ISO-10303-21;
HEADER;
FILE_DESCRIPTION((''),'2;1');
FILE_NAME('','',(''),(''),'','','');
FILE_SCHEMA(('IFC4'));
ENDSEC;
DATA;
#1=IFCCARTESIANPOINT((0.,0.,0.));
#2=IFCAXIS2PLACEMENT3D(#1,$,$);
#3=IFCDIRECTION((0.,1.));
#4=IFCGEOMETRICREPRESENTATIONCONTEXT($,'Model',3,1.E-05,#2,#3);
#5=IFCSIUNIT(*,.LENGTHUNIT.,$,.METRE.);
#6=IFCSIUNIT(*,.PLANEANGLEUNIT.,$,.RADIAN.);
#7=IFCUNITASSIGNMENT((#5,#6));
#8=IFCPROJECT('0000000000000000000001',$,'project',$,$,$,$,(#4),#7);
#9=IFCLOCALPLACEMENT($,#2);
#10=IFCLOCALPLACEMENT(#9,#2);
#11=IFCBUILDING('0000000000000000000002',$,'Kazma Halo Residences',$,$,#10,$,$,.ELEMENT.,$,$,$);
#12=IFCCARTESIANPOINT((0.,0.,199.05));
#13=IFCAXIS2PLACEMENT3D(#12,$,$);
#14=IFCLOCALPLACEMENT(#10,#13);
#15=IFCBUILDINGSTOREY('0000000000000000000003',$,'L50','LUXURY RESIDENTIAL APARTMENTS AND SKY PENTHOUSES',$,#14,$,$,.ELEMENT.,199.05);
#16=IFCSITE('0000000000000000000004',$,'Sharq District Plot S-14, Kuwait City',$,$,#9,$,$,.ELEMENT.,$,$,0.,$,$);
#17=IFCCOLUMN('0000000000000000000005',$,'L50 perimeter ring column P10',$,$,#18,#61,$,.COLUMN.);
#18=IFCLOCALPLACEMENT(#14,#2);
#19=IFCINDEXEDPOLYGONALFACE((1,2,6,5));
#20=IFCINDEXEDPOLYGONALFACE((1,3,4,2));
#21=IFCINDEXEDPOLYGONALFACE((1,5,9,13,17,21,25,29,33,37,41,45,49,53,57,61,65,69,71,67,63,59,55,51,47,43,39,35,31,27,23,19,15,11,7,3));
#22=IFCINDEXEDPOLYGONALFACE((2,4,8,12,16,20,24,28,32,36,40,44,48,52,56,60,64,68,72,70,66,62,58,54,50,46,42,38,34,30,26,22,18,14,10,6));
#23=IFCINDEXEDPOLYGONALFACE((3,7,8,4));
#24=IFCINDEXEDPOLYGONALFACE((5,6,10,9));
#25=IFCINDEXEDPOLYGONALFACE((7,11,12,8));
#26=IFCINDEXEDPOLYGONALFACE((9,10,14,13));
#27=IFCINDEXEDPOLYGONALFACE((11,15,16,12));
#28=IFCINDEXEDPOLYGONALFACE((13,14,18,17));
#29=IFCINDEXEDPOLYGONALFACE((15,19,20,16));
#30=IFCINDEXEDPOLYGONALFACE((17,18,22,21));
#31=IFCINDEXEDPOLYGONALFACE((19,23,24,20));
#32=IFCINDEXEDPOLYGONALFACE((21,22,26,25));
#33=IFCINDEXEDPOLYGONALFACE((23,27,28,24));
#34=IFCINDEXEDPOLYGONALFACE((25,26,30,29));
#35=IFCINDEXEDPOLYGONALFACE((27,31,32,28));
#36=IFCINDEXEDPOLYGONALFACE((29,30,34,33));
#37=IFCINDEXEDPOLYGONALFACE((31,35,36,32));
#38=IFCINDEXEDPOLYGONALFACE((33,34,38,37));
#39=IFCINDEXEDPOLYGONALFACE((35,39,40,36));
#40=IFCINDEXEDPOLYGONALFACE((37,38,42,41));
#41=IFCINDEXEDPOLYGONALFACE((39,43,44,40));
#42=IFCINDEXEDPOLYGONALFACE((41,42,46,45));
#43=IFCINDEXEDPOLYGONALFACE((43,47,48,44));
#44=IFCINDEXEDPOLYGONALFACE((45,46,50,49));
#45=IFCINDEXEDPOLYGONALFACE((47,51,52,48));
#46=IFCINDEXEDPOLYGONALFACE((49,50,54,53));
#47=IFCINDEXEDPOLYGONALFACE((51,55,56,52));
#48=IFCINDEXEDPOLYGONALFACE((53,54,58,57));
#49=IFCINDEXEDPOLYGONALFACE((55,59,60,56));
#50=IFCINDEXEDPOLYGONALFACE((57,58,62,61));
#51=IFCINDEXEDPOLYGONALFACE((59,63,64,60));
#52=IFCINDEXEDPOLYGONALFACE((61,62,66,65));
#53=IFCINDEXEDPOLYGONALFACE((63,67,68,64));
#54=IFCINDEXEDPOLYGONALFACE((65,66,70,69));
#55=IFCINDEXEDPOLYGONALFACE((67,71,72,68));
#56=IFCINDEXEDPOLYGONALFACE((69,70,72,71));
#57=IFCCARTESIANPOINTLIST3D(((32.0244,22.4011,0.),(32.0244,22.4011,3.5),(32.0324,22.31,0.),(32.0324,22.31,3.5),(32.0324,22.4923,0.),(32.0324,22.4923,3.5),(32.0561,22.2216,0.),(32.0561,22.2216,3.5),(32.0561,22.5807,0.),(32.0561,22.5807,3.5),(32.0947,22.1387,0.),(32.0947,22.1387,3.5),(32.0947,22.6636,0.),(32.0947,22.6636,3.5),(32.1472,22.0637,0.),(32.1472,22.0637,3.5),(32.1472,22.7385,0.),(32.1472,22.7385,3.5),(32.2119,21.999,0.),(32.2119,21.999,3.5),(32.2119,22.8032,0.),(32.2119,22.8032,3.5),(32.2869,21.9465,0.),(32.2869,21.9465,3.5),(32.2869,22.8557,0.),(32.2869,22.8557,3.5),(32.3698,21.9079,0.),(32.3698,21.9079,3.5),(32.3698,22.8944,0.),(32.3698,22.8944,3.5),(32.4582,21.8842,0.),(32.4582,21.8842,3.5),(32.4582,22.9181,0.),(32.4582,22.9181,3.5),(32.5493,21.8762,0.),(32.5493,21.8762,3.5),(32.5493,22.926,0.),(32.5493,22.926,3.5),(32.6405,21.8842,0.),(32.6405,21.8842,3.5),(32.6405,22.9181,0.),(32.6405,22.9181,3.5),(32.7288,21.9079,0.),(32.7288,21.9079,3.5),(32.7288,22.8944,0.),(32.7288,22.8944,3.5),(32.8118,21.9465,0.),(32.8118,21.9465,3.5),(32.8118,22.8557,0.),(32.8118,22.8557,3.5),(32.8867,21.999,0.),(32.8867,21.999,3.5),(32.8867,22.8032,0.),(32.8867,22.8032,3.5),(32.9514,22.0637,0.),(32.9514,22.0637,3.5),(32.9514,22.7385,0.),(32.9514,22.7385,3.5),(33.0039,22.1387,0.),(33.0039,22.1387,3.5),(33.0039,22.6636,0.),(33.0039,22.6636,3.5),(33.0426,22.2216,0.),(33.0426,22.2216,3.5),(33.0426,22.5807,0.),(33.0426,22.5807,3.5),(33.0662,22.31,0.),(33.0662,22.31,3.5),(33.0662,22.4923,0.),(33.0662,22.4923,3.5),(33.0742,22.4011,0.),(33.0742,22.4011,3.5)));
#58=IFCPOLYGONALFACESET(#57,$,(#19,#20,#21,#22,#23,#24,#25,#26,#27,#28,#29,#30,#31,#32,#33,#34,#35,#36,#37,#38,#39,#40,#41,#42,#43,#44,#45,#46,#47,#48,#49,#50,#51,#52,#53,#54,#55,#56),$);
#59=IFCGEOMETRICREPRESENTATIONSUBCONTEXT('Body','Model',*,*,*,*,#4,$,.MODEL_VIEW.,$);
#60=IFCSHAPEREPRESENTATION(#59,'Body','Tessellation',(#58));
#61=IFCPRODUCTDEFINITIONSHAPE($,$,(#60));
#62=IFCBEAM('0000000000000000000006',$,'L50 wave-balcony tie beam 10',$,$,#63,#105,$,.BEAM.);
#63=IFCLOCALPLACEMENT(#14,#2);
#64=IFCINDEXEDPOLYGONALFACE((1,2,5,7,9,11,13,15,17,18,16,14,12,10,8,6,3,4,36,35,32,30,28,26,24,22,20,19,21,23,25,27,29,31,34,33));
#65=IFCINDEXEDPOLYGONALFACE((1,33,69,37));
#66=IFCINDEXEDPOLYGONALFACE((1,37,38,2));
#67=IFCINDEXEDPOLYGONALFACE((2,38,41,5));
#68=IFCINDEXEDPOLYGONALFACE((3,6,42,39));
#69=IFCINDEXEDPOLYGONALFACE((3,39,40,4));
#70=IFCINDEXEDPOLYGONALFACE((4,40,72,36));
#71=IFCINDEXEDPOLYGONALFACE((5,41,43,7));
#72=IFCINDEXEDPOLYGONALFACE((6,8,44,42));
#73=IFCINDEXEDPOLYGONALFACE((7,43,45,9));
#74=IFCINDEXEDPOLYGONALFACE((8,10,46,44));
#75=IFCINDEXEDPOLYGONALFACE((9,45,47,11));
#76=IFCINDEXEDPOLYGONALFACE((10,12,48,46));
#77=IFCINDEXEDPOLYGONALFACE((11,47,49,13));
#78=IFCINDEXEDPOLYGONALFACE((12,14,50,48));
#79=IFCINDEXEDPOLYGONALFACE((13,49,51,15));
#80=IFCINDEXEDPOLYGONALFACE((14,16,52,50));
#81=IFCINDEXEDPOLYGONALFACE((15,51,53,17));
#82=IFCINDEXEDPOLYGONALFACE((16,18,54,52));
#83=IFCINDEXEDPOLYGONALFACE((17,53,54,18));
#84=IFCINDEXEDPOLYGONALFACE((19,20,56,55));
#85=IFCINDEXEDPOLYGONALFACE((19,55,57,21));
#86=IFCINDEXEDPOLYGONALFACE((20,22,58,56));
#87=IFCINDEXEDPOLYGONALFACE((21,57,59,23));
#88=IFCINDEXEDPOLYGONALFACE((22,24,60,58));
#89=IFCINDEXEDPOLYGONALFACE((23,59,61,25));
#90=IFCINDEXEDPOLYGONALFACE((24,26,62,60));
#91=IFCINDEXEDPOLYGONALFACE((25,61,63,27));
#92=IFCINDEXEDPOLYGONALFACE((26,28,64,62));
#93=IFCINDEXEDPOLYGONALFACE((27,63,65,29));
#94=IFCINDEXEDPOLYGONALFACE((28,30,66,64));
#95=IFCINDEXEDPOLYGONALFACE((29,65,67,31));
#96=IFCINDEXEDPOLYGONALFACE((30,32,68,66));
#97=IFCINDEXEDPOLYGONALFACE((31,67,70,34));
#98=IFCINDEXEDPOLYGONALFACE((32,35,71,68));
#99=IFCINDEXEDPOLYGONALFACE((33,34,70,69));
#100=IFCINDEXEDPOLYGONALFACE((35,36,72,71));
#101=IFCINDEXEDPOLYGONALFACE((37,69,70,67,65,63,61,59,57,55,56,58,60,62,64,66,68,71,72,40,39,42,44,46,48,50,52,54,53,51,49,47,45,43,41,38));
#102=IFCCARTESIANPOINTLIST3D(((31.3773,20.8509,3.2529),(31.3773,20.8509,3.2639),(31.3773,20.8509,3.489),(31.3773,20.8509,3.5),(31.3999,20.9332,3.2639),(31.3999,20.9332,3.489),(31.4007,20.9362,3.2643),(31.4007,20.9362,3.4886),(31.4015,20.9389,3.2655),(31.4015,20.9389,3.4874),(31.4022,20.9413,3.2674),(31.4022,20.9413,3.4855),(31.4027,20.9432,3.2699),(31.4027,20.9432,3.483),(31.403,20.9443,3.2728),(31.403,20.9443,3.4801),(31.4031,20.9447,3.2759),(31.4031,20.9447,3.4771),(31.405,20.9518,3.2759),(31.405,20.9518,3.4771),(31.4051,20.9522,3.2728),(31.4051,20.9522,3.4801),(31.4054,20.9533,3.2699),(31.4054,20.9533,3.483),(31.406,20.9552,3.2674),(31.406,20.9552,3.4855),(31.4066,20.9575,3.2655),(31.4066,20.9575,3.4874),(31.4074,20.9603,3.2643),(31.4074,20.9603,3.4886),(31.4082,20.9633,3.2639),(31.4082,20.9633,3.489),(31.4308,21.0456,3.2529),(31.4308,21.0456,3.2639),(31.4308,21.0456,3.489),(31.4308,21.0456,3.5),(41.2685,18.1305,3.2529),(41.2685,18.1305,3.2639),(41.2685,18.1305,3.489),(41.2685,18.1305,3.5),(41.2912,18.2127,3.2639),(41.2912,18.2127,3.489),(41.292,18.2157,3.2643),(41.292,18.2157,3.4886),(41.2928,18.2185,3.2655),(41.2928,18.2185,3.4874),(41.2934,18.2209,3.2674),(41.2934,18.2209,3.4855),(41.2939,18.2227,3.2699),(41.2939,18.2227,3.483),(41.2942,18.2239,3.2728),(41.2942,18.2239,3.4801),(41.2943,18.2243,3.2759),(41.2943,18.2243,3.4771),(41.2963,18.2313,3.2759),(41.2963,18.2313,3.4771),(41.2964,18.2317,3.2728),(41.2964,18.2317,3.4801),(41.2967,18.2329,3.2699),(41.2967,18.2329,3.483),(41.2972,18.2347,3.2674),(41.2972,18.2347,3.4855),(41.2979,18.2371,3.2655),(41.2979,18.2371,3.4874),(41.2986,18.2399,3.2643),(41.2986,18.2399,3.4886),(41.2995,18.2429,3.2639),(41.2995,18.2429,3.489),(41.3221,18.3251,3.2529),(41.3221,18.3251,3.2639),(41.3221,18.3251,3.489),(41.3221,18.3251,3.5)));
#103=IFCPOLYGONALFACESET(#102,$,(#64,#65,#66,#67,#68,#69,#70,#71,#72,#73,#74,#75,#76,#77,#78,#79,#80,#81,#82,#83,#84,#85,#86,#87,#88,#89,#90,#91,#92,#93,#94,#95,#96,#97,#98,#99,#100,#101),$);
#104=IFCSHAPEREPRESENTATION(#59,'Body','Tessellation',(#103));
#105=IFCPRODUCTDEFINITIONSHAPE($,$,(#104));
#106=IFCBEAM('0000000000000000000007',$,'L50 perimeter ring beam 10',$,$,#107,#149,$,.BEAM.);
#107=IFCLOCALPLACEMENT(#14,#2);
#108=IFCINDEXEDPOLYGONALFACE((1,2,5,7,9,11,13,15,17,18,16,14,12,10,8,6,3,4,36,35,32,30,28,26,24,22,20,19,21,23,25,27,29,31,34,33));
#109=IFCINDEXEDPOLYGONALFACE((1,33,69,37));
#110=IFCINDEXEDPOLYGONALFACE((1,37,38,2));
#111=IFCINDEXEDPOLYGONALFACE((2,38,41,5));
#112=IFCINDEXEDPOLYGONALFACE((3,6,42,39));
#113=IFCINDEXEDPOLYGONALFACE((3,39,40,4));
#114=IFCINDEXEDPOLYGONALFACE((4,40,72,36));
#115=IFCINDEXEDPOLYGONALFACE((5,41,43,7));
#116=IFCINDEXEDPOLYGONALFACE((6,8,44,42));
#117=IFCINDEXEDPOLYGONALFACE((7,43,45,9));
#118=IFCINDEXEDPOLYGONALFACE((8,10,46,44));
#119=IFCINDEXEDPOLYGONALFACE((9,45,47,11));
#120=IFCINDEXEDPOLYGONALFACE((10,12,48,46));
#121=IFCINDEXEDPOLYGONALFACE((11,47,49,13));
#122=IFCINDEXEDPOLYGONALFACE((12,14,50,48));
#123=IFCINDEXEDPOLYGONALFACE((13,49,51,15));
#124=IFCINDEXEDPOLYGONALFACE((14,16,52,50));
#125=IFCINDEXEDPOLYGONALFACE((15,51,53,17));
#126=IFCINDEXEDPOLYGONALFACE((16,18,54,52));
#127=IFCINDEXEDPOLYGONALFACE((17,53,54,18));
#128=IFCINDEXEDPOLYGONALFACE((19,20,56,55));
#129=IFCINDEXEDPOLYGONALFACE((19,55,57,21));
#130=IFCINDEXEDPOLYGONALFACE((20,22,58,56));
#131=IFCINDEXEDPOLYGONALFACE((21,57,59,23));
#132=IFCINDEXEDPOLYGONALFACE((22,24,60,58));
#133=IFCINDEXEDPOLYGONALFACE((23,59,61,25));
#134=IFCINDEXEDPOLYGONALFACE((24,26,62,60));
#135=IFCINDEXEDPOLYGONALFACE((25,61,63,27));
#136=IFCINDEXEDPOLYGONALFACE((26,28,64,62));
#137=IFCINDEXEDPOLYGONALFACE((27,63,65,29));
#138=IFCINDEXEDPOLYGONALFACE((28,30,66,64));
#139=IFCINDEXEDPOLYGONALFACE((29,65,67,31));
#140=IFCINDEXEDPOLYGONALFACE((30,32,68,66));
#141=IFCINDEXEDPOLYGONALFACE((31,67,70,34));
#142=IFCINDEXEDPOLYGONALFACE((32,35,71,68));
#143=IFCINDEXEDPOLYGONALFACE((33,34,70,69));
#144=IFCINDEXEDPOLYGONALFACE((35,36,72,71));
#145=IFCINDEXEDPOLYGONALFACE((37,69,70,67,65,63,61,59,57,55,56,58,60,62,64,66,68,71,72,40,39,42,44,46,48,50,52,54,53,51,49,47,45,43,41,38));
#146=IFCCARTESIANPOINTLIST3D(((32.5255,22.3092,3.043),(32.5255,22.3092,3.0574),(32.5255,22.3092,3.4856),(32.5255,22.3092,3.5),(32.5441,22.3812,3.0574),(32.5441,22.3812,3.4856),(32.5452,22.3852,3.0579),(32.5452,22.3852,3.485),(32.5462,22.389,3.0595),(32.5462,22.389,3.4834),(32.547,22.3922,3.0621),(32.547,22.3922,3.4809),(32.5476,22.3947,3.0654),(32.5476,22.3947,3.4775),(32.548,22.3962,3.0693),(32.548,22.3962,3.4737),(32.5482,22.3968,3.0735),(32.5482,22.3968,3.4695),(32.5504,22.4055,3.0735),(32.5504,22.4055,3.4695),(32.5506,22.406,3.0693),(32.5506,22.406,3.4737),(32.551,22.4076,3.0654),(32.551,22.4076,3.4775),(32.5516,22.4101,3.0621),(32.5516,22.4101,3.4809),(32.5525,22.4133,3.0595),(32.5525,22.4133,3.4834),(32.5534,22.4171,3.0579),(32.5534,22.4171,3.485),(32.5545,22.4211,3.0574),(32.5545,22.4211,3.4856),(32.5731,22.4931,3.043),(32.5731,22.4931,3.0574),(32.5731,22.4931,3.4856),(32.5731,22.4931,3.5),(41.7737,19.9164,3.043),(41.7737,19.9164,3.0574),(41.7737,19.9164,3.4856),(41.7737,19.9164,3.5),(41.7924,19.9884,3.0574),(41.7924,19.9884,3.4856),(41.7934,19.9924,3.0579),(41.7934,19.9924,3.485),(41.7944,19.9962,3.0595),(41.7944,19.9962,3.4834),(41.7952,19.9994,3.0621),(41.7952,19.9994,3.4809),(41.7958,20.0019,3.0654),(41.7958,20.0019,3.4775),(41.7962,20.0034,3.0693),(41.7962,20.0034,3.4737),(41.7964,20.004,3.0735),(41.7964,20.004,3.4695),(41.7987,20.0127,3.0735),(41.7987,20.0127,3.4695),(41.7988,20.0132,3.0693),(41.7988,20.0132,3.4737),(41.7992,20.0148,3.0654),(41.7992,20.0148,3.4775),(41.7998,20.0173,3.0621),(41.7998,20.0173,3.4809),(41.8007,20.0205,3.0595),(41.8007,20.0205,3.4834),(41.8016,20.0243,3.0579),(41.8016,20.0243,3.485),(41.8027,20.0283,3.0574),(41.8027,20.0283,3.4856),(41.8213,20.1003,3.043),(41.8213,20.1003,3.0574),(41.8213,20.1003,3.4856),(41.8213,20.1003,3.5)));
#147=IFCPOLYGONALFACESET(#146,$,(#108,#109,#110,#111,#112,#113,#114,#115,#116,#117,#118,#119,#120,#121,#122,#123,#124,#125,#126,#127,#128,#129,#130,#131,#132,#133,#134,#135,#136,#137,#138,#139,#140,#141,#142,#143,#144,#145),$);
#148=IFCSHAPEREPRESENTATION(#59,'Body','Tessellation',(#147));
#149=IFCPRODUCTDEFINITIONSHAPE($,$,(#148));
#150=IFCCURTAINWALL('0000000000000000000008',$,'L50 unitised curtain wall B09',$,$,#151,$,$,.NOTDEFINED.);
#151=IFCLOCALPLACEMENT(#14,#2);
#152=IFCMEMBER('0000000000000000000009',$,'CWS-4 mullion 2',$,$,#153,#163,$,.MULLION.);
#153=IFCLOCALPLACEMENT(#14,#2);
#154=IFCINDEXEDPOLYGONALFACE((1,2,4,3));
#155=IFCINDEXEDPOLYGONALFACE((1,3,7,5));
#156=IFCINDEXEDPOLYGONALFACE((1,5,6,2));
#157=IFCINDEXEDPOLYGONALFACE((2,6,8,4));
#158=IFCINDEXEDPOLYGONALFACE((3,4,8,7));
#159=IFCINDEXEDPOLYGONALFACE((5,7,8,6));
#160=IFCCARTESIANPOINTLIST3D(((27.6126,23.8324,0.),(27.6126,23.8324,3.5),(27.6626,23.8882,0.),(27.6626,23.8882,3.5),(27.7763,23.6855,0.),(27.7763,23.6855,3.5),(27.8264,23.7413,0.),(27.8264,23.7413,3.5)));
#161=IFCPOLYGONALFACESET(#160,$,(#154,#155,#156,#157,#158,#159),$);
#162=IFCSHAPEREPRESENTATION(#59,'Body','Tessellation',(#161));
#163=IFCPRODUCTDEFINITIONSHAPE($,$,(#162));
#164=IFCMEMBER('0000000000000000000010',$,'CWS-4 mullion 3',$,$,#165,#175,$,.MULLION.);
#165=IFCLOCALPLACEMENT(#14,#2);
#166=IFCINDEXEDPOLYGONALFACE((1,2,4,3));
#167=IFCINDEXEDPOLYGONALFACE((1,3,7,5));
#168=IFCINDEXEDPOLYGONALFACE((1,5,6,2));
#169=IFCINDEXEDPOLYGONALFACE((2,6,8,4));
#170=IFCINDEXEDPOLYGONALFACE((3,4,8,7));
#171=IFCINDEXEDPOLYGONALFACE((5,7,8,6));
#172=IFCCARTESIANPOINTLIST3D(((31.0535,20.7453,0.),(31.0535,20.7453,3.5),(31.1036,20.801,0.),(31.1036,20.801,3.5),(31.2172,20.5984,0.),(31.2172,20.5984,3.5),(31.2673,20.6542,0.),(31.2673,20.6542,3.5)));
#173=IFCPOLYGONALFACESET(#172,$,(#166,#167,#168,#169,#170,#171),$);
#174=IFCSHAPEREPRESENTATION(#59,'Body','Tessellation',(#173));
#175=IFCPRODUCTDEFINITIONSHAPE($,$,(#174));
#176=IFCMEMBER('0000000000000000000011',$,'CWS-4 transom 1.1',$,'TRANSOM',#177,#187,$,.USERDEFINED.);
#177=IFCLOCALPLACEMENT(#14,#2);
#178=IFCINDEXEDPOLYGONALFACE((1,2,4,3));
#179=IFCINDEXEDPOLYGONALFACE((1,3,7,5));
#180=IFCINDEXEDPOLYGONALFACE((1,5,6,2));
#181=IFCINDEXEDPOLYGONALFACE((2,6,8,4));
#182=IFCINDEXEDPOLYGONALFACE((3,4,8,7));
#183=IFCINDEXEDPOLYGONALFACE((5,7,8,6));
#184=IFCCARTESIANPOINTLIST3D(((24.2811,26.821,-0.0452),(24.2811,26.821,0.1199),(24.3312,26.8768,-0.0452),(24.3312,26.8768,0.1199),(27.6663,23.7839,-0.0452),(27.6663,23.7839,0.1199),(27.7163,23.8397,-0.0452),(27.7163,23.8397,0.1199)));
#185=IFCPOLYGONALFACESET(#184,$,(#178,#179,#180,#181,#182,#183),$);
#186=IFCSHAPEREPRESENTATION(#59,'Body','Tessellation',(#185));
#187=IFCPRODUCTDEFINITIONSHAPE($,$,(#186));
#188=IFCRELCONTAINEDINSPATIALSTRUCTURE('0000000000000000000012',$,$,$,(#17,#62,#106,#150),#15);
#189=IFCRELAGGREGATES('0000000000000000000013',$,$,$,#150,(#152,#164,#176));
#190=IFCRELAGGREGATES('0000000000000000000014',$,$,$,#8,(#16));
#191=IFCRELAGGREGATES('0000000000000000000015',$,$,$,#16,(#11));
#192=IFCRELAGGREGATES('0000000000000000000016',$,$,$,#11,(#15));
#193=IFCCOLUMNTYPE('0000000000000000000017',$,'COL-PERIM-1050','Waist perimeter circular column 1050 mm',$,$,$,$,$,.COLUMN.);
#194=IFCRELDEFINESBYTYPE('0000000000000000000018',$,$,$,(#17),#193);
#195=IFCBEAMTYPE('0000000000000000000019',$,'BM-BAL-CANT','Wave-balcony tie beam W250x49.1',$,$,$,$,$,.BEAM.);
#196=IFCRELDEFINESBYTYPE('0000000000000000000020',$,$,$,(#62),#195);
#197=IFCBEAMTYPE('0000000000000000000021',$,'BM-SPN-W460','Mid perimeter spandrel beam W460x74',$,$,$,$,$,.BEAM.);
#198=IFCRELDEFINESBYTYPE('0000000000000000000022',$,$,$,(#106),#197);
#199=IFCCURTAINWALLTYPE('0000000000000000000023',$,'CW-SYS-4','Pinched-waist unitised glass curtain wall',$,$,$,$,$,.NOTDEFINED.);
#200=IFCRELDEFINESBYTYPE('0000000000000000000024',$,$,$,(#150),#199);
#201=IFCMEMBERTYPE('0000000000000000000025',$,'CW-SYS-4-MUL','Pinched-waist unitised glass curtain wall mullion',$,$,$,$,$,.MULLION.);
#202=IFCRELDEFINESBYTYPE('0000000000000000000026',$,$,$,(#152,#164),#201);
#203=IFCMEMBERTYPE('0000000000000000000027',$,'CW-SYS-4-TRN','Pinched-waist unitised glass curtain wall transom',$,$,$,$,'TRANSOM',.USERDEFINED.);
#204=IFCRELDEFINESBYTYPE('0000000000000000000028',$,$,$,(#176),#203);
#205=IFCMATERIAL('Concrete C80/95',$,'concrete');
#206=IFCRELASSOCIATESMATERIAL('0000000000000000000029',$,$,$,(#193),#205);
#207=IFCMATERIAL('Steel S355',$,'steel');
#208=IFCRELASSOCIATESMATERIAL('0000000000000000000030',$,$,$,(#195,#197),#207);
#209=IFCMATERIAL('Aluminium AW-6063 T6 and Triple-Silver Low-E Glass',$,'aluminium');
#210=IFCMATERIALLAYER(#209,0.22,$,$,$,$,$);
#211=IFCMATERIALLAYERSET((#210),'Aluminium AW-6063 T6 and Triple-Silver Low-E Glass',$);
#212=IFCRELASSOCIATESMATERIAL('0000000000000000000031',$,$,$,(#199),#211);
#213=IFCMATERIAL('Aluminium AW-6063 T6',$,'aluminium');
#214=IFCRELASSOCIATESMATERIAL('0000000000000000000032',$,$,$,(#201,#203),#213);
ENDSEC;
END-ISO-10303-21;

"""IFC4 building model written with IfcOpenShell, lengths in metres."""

from ifc_helpers import new_model, si_unit, direction, frame, origin, origin_2d, place, context, subcontext, project, spatial, rectangle, circle, i_section, extrude, material, layer, layer_set, material_profile, profile_set, type_object, element, aggregate, save


model = new_model("IFC4")

# Units and contexts
model_context = context("Model", 3, precision=1e-05, world=origin(), true_north=direction((0.0, 1.0)))
body_context = subcontext(model_context, "Body", "Model", "MODEL_VIEW")
ifc_project = project(units=[si_unit("LENGTHUNIT", "METRE"), si_unit("PLANEANGLEUNIT", "RADIAN")], contexts=[model_context])

# Site, building, storey
site_placement = place(None, origin())
site = spatial("IfcSite", under=ifc_project, at=site_placement, Name="Sharq District Plot S-14, Kuwait City", CompositionType="ELEMENT", RefElevation=0.0)
building_placement = place(site_placement, origin())
building = spatial("IfcBuilding", under=site, at=building_placement, Name="Kazma Halo Residences", CompositionType="ELEMENT")
storey_placement = place(building_placement, frame((0.0, 0.0, 199.05)))
storey = spatial("IfcBuildingStorey", under=building, at=storey_placement, Name="L50", Description="LUXURY RESIDENTIAL APARTMENTS AND SKY PENTHOUSES", CompositionType="ELEMENT", Elevation=199.05)

# Column
ifc_material_1 = material(Name="Concrete C80/95", Category="concrete")
ifc_material_profile_1 = material_profile(ifc_material_1, circle(Radius=0.5249, at=origin_2d()), Name="CIRC1050")
ifc_profile_set_1 = profile_set([ifc_material_profile_1], Name="Concrete C80/95")
column_type = type_object("IfcColumnType", Name="COL-PERIM-1050", Description="Waist perimeter circular column 1050 mm", PredefinedType="COLUMN", material=ifc_profile_set_1)
column_placement = place(storey_placement, frame((32.5493, 22.4011, 0.0), z_axis=(0.0, 0.0, 1.0), x_axis=(1.0, 0.0, 0.0)))
element("IfcColumn", 1, at=column_placement, inside=storey, type_object=column_type, Name="L50 perimeter ring column P10", PredefinedType="COLUMN", context=body_context, shape_type="SweptSolid", body=[
    extrude(circle(Radius=0.5249, at=origin_2d()), origin(), (0.0, 0.0, 1.0), 3.5),
])

# Beams
ifc_material_2 = material(Name="Steel S355", Category="steel")
ifc_material_profile_2 = material_profile(ifc_material_2, i_section(OverallWidth=0.2019, OverallDepth=0.2471, WebThickness=0.0073, FlangeThickness=0.011, FilletRadius=0.012, at=origin_2d()), Name="W250x49.1")
ifc_profile_set_2 = profile_set([ifc_material_profile_2], Name="Steel S355")
beam_type_1 = type_object("IfcBeamType", Name="BM-BAL-CANT", Description="Wave-balcony tie beam W250x49.1", PredefinedType="BEAM", material=ifc_profile_set_2)
beam_1_placement = place(storey_placement, frame((31.4041, 20.9482, 3.3765), z_axis=(0.964197, -0.265187, 0.0), x_axis=(0.265187, 0.964197, 0.0)))
element("IfcBeam", 2, at=beam_1_placement, inside=storey, type_object=beam_type_1, Name="L50 wave-balcony tie beam 10", PredefinedType="BEAM", context=body_context, shape_type="SweptSolid", body=[
    extrude(i_section(OverallWidth=0.2019, OverallDepth=0.2471, WebThickness=0.0073, FlangeThickness=0.011, FilletRadius=0.012, at=origin_2d()), origin(), (0.0, 0.0, 1.0), 10.2585),
])
ifc_material_profile_3 = material_profile(ifc_material_2, i_section(OverallWidth=0.1899, OverallDepth=0.457, WebThickness=0.009, FlangeThickness=0.0144, FilletRadius=0.0161, at=origin_2d()), Name="W460x74")
ifc_profile_set_3 = profile_set([ifc_material_profile_3], Name="Steel S355")
beam_type_2 = type_object("IfcBeamType", Name="BM-SPN-W460", Description="Mid perimeter spandrel beam W460x74", PredefinedType="BEAM", material=ifc_profile_set_3)
beam_2_placement = place(storey_placement, frame((32.5493, 22.4011, 3.2715), z_axis=(0.968121, -0.250483, 0.0), x_axis=(0.250483, 0.968121, 0.0)))
element("IfcBeam", 3, at=beam_2_placement, inside=storey, type_object=beam_type_2, Name="L50 perimeter ring beam 10", PredefinedType="BEAM", context=body_context, shape_type="SweptSolid", body=[
    extrude(i_section(OverallWidth=0.1899, OverallDepth=0.457, WebThickness=0.009, FlangeThickness=0.0144, FilletRadius=0.0161, at=origin_2d()), origin(), (0.0, 0.0, 1.0), 9.5527),
])

# Curtain wall, members
ifc_material_3 = material(Name="Aluminium AW-6063 T6 and Triple-Silver Low-E Glass", Category="aluminium")
ifc_layer_1 = layer(ifc_material_3, 0.22)
ifc_layer_set_1 = layer_set([ifc_layer_1], Name="Aluminium AW-6063 T6 and Triple-Silver Low-E Glass")
curtain_wall_type = type_object("IfcCurtainWallType", Name="CW-SYS-4", Description="Pinched-waist unitised glass curtain wall", PredefinedType="NOTDEFINED", material=ifc_layer_set_1)
curtain_wall_placement = place(storey_placement, origin())
curtain_wall = element("IfcCurtainWall", 4, at=curtain_wall_placement, inside=storey, type_object=curtain_wall_type, Name="L50 unitised curtain wall B09", PredefinedType="NOTDEFINED")
ifc_material_4 = material(Name="Aluminium AW-6063 T6", Category="aluminium")
ifc_material_profile_4 = material_profile(ifc_material_4, rectangle(XDim=0.075, YDim=0.22, at=origin_2d()), Name="CWM-75x220")
ifc_profile_set_4 = profile_set([ifc_material_profile_4], Name="Aluminium AW-6063 T6")
member_type_1 = type_object("IfcMemberType", Name="CW-SYS-4-MUL", Description="Pinched-waist unitised glass curtain wall mullion", PredefinedType="MULLION", material=ifc_profile_set_4)
member_1_placement = place(storey_placement, frame((27.7195, 23.7869, 0.0), z_axis=(0.0, 0.0, 1.0), x_axis=(0.667784, 0.744355, 0.0)))
member_1 = element("IfcMember", 5, at=member_1_placement, type_object=member_type_1, Name="CWS-4 mullion 2", PredefinedType="MULLION", context=body_context, shape_type="SweptSolid", body=[
    extrude(rectangle(XDim=0.075, YDim=0.22, at=origin_2d()), origin(), (0.0, 0.0, 1.0), 3.5),
])
member_2_placement = place(storey_placement, frame((31.1604, 20.6997, 0.0), z_axis=(0.0, 0.0, 1.0), x_axis=(0.667784, 0.744355, 0.0)))
member_2 = element("IfcMember", 6, at=member_2_placement, type_object=member_type_1, Name="CWS-4 mullion 3", PredefinedType="MULLION", context=body_context, shape_type="SweptSolid", body=[
    extrude(rectangle(XDim=0.075, YDim=0.22, at=origin_2d()), origin(), (0.0, 0.0, 1.0), 3.5),
])
ifc_material_profile_5 = material_profile(ifc_material_4, rectangle(XDim=0.075, YDim=0.165, at=origin_2d()), Name="CWT-75x165")
ifc_profile_set_5 = profile_set([ifc_material_profile_5], Name="Aluminium AW-6063 T6")
member_type_2 = type_object("IfcMemberType", Name="CW-SYS-4-TRN", Description="Pinched-waist unitised glass curtain wall transom", ElementType="TRANSOM", PredefinedType="USERDEFINED", material=ifc_profile_set_5)
member_3_placement = place(storey_placement, frame((24.3062, 26.8489, 0.0374), z_axis=(0.744345, -0.667795, 0.0), x_axis=(0.667795, 0.744345, 0.0)))
member_3 = element("IfcMember", 7, at=member_3_placement, type_object=member_type_2, Name="CWS-4 transom 1.1", ObjectType="TRANSOM", PredefinedType="USERDEFINED", context=body_context, shape_type="SweptSolid", body=[
    extrude(rectangle(XDim=0.075, YDim=0.165, at=origin_2d()), origin(), (0.0, 0.0, 1.0), 4.5479),
])
aggregate(curtain_wall, [member_1, member_2, member_3])

save(model, "model.ifc")
